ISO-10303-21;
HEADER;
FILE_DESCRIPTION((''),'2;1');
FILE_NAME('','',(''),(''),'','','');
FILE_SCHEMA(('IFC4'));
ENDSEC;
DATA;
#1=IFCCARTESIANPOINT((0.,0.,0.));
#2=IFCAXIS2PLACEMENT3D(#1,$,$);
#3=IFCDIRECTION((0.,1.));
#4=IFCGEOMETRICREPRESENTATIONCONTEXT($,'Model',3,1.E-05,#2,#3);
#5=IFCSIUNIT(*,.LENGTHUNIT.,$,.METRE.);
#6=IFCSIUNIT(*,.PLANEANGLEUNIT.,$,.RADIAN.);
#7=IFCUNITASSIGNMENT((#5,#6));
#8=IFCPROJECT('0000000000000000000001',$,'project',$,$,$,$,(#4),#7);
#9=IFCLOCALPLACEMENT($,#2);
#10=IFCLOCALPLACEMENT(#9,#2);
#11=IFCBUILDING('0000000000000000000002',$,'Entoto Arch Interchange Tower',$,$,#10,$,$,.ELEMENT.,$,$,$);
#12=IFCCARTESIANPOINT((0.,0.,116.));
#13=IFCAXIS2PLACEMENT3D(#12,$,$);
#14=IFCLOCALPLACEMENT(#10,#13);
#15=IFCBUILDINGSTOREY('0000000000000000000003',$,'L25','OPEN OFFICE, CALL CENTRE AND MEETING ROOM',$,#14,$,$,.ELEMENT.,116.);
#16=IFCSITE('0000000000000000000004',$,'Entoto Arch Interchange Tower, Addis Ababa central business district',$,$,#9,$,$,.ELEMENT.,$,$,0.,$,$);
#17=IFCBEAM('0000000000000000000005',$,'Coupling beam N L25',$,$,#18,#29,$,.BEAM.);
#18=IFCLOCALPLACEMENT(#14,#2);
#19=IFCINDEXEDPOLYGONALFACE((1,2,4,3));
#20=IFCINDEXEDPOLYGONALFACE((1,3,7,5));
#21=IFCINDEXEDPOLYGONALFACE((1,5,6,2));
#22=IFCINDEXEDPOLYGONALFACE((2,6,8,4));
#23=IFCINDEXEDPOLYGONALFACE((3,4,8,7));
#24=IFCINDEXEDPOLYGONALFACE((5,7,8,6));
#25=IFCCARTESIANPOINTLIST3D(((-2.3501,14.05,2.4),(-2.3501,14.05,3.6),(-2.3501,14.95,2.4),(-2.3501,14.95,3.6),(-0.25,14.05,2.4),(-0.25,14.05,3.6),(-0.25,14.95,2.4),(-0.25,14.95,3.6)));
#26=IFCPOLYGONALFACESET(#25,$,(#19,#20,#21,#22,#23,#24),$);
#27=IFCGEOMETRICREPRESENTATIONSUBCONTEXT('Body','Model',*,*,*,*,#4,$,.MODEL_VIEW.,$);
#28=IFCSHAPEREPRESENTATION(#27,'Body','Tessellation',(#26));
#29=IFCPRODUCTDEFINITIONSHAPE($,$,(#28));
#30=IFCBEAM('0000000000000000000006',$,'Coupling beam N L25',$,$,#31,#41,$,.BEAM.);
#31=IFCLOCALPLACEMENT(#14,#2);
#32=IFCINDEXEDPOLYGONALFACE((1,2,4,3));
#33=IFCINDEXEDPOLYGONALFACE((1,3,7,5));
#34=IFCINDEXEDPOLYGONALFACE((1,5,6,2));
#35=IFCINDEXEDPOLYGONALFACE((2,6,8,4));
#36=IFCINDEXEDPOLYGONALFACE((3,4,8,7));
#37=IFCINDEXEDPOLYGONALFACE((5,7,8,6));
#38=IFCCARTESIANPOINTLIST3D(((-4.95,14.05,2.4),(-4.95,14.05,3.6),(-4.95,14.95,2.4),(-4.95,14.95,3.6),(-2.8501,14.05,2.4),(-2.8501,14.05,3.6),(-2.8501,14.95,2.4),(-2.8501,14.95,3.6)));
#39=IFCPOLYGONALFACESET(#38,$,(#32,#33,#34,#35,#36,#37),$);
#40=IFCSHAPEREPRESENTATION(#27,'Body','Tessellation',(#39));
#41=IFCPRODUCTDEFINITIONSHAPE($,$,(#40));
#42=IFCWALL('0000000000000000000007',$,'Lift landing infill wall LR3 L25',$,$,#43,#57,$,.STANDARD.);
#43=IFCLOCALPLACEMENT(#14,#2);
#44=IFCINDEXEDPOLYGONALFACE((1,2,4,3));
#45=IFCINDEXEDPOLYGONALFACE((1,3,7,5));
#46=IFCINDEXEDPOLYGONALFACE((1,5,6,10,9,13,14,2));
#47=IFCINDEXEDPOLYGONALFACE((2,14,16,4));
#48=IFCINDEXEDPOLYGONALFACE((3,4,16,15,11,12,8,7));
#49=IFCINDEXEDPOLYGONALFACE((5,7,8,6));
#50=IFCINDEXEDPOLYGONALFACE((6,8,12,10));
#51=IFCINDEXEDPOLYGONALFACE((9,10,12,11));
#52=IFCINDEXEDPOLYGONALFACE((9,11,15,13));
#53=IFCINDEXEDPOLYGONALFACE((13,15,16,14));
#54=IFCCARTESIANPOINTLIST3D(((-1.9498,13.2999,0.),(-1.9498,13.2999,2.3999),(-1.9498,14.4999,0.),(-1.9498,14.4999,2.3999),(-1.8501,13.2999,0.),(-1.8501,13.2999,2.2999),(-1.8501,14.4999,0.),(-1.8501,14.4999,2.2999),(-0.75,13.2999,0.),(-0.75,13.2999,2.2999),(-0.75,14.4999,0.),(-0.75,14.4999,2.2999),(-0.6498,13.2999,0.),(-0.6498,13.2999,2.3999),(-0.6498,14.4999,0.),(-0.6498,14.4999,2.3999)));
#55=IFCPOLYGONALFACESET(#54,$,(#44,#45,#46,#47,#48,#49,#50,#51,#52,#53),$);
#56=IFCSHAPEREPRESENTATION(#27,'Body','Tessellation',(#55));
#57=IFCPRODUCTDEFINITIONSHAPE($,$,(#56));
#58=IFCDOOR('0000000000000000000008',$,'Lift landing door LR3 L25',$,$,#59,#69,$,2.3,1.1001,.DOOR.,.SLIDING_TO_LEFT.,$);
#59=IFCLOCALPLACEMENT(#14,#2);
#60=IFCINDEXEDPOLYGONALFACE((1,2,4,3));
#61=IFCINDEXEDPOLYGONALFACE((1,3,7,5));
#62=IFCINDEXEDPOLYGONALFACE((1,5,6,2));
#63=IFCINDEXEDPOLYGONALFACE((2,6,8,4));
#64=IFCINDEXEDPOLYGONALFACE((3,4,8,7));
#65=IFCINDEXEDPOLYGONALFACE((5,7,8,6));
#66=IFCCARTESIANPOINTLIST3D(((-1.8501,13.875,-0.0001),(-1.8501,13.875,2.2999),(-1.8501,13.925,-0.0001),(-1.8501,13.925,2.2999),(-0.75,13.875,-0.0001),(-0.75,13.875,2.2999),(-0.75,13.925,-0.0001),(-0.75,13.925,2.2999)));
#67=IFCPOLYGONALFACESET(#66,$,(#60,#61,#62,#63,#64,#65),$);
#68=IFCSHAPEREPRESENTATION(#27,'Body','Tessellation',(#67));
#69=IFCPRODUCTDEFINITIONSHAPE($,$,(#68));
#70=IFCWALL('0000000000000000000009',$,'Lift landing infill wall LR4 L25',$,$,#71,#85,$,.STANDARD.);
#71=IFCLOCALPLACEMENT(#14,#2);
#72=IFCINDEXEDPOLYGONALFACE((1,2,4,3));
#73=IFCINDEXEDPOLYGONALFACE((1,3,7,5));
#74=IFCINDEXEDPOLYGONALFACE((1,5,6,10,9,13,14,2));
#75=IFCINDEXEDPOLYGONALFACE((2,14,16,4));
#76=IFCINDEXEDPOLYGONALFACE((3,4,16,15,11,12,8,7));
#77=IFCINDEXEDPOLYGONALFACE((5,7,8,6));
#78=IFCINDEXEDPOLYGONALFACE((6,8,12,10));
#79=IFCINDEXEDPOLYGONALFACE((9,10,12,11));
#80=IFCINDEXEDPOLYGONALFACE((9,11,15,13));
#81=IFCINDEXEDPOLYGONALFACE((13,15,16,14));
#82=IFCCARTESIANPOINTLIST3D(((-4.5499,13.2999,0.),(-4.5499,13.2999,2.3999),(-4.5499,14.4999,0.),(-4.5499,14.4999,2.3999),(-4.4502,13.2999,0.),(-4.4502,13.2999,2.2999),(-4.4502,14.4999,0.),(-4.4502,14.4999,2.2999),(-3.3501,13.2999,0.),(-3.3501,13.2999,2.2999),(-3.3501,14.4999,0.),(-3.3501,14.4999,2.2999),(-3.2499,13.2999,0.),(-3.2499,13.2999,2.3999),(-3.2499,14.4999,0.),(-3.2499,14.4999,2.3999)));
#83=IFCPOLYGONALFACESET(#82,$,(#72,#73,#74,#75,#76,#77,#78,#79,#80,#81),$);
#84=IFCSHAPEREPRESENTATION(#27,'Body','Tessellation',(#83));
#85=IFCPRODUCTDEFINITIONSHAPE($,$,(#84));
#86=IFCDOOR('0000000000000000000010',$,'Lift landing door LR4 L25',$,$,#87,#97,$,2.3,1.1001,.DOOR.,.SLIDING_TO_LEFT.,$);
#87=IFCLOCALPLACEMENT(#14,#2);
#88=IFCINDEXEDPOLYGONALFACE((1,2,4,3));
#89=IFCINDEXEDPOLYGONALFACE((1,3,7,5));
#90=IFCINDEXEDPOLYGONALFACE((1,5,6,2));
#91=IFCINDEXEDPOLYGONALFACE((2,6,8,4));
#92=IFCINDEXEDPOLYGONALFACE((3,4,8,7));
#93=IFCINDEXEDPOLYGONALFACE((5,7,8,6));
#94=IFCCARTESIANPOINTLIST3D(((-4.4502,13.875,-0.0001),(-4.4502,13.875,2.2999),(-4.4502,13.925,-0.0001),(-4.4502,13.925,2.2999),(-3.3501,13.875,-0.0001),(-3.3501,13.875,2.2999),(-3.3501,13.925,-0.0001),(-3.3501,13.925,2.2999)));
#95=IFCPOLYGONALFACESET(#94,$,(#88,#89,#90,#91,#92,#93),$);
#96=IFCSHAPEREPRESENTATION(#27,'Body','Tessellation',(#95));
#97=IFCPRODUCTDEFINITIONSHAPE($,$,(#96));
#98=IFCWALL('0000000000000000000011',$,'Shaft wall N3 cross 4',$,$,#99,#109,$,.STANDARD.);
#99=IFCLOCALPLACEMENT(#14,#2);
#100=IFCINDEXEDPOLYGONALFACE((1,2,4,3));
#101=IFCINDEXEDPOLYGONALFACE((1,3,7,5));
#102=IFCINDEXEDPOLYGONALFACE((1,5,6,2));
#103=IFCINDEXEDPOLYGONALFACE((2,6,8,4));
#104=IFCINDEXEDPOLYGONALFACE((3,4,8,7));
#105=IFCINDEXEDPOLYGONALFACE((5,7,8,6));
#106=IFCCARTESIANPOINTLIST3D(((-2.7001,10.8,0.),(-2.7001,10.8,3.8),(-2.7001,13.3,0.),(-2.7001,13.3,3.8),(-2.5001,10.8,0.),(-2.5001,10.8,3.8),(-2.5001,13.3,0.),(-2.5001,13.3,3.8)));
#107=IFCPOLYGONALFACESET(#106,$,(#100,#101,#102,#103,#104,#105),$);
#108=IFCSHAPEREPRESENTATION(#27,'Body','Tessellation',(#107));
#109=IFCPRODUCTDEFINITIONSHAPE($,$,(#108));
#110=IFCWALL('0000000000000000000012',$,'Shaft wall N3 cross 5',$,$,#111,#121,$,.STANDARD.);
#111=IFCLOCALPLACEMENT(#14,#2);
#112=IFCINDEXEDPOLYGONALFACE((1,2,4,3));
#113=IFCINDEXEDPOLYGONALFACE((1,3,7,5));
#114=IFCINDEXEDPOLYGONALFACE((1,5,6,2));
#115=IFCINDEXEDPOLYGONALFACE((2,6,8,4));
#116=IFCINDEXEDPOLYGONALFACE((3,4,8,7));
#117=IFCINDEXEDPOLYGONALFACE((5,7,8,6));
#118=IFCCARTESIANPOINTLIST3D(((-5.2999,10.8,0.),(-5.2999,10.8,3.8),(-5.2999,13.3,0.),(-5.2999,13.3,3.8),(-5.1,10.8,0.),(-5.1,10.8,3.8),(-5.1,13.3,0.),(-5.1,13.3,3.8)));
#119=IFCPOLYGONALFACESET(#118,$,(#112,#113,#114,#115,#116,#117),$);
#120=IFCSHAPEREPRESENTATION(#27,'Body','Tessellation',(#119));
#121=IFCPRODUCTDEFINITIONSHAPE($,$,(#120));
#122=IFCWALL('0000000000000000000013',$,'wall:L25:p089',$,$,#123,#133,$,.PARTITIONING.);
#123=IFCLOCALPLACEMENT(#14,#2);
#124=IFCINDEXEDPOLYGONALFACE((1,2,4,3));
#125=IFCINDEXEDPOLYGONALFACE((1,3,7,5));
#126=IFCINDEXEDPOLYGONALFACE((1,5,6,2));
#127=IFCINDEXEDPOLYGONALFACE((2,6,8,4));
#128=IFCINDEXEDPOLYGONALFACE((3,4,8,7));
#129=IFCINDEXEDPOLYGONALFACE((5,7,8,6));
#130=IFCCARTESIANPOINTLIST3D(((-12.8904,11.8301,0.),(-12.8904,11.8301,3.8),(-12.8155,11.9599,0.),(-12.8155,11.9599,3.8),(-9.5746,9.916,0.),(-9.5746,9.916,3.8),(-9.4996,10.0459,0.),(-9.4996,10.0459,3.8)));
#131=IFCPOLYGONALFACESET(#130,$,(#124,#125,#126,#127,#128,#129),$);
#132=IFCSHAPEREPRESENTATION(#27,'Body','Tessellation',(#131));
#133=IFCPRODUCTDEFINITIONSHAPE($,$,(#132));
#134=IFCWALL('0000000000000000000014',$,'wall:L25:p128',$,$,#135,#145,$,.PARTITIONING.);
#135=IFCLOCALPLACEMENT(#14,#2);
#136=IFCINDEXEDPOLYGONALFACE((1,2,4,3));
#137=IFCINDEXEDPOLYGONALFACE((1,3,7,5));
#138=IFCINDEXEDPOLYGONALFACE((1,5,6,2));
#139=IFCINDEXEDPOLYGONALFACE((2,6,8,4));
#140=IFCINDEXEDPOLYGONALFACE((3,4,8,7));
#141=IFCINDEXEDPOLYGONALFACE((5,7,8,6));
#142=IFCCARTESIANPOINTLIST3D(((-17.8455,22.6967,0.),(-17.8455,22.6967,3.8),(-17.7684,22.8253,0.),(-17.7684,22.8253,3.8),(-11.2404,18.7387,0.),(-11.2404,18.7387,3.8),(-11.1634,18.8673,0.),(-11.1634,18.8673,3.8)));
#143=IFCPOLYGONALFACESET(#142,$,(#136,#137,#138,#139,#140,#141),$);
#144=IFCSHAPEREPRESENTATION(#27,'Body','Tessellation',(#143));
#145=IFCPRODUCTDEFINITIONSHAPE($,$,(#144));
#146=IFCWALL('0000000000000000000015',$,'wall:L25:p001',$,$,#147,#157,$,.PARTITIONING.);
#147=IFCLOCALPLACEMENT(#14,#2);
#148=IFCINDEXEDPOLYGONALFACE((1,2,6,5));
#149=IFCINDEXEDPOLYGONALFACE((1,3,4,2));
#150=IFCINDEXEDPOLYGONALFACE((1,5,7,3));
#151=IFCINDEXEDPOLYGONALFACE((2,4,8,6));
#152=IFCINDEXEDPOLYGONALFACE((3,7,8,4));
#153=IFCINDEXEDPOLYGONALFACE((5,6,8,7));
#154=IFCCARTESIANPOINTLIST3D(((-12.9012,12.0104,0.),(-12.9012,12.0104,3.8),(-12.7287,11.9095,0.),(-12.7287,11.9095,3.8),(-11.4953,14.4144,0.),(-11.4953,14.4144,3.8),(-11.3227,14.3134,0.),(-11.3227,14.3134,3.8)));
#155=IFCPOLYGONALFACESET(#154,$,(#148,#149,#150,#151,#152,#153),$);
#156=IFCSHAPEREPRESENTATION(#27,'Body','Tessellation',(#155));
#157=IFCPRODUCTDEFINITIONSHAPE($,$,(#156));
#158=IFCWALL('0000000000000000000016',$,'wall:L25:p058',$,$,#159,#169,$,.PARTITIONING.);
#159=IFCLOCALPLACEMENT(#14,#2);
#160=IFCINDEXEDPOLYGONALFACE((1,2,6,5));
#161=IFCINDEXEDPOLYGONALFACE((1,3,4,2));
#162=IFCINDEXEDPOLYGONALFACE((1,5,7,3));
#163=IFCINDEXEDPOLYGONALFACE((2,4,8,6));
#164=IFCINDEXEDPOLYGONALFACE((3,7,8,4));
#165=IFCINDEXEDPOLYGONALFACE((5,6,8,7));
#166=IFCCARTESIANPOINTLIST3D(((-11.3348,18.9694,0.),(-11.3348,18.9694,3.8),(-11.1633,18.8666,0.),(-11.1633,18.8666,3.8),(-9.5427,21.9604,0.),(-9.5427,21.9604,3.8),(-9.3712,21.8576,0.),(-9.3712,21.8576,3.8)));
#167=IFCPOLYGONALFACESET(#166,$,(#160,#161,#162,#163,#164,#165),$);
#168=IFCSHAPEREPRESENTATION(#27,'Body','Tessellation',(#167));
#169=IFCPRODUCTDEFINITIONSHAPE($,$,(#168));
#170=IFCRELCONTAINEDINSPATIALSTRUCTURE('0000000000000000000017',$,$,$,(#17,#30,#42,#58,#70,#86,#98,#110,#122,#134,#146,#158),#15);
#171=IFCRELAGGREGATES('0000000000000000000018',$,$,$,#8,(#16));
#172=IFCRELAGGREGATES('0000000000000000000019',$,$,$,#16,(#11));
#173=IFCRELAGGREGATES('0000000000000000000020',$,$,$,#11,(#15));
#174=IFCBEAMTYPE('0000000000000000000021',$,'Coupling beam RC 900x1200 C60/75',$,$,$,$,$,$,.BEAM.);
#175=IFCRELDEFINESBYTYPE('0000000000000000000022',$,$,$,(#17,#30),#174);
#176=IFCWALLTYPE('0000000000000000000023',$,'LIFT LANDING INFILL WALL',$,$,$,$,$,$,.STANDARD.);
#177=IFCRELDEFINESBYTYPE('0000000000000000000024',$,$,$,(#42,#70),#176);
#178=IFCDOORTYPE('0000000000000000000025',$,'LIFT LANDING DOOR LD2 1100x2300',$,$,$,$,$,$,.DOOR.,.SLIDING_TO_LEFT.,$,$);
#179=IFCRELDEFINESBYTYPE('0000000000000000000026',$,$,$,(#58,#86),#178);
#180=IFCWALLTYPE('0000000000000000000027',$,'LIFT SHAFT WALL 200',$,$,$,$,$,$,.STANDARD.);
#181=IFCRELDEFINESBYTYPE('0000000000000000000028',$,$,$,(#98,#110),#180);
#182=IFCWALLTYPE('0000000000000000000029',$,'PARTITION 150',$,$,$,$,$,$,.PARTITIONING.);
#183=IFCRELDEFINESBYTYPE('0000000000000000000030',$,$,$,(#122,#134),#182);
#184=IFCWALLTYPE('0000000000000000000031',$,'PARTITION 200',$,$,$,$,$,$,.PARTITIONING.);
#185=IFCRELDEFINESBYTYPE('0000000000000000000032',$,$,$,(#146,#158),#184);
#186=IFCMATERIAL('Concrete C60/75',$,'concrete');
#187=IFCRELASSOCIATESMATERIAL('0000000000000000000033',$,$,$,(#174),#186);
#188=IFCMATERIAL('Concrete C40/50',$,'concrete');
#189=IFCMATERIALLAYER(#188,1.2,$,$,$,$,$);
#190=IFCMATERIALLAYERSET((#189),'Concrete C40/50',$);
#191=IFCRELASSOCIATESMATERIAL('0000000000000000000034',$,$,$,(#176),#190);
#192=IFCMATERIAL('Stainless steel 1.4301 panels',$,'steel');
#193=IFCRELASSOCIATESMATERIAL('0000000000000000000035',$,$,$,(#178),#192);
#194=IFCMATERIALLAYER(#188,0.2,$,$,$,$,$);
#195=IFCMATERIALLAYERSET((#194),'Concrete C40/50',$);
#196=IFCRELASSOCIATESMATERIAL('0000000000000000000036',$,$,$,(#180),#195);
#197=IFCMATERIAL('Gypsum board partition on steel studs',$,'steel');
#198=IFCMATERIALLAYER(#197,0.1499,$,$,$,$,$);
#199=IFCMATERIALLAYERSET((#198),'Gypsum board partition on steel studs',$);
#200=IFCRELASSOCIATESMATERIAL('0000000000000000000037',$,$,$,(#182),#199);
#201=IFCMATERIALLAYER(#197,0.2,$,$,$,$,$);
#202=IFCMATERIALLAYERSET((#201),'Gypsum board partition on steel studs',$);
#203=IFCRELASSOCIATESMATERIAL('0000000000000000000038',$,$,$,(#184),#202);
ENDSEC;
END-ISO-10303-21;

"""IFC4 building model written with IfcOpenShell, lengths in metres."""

from ifc_helpers import new_model, si_unit, direction, frame, frame_2d, origin, origin_2d, place, context, subcontext, project, spatial, rectangle, extrude, material, layer, layer_set, material_profile, profile_set, type_object, element, fill, save


model = new_model("IFC4")

# Units and contexts
model_context = context("Model", 3, precision=1e-05, world=origin(), true_north=direction((0.0, 1.0)))
body_context = subcontext(model_context, "Body", "Model", "MODEL_VIEW")
ifc_project = project(units=[si_unit("LENGTHUNIT", "METRE"), si_unit("PLANEANGLEUNIT", "RADIAN")], contexts=[model_context])

# Site, building, storey
site_placement = place(None, origin())
site = spatial("IfcSite", under=ifc_project, at=site_placement, Name="Entoto Arch Interchange Tower, Addis Ababa central business district", CompositionType="ELEMENT", RefElevation=0.0)
building_placement = place(site_placement, origin())
building = spatial("IfcBuilding", under=site, at=building_placement, Name="Entoto Arch Interchange Tower", CompositionType="ELEMENT")
storey_placement = place(building_placement, frame((0.0, 0.0, 116.0)))
storey = spatial("IfcBuildingStorey", under=building, at=storey_placement, Name="L25", Description="OPEN OFFICE, CALL CENTRE AND MEETING ROOM", CompositionType="ELEMENT", Elevation=116.0)

# Beams
ifc_material_1 = material(Name="Concrete C60/75", Category="concrete")
ifc_material_profile = material_profile(ifc_material_1, rectangle(XDim=0.8999, YDim=1.2, at=origin_2d()))
ifc_profile_set = profile_set([ifc_material_profile], Name="Concrete C60/75")
beam_type = type_object("IfcBeamType", Name="Coupling beam RC 900x1200 C60/75", PredefinedType="BEAM", material=ifc_profile_set)
beam_1_placement = place(storey_placement, frame((-0.25, 14.5, 3.0), z_axis=(-1.0, 0.0, 0.0), x_axis=(0.0, -1.0, 0.0)))
element("IfcBeam", 1, at=beam_1_placement, inside=storey, type_object=beam_type, Name="Coupling beam N L25", PredefinedType="BEAM", context=body_context, shape_type="SweptSolid", body=[
    extrude(rectangle(XDim=0.8999, YDim=1.2, at=origin_2d()), origin(), (0.0, 0.0, 1.0), 2.1001),
])
beam_2_placement = place(storey_placement, frame((-2.8501, 14.5, 3.0), z_axis=(-1.0, 0.0, 0.0), x_axis=(0.0, -1.0, 0.0)))
element("IfcBeam", 2, at=beam_2_placement, inside=storey, type_object=beam_type, Name="Coupling beam N L25", PredefinedType="BEAM", context=body_context, shape_type="SweptSolid", body=[
    extrude(rectangle(XDim=0.8999, YDim=1.2, at=origin_2d()), origin(), (0.0, 0.0, 1.0), 2.0999),
])

# Walls, openings, doors
ifc_material_2 = material(Name="Concrete C40/50", Category="concrete")
ifc_layer_1 = layer(ifc_material_2, 1.2)
ifc_layer_set_1 = layer_set([ifc_layer_1], Name="Concrete C40/50")
wall_type_1 = type_object("IfcWallType", Name="LIFT LANDING INFILL WALL", PredefinedType="STANDARD", material=ifc_layer_set_1)
wall_1_placement = place(storey_placement, frame((-0.6499, 13.8999, 0.0), z_axis=(0.0, 0.0, 1.0), x_axis=(-1.0, 0.0, 0.0)))
wall_1 = element("IfcWall", 3, at=wall_1_placement, inside=storey, type_object=wall_type_1, Name="Lift landing infill wall LR3 L25", PredefinedType="STANDARD", context=body_context, shape_type="SweptSolid", body=[
    extrude(rectangle(XDim=1.3, YDim=1.2, at=frame_2d((0.6499, 0.0))), origin(), (0.0, 0.0, 1.0), 2.3999),
])
opening_1_placement = place(wall_1_placement, frame((0.1001, 0.0, 0.0)))
opening_1 = element("IfcOpeningElement", 4, at=opening_1_placement, cuts=wall_1, PredefinedType="OPENING", context=body_context, shape_type="SweptSolid", body=[
    extrude(rectangle(XDim=1.1001, YDim=2.3, at=frame_2d((0.55, 1.1499))), frame((0.0, 0.6099, 0.0), z_axis=(0.0, -1.0, 0.0), x_axis=(1.0, 0.0, 0.0)), (0.0, 0.0, 1.0), 1.22),
])
ifc_material_3 = material(Name="Stainless steel 1.4301 panels", Category="steel")
door_type_1 = type_object("IfcDoorType", Name="LIFT LANDING DOOR LD2 1100x2300", OperationType="SLIDING_TO_LEFT", PredefinedType="DOOR", material=ifc_material_3)
door_1_placement = place(opening_1_placement, origin())
door_1 = element("IfcDoor", 5, at=door_1_placement, inside=storey, type_object=door_type_1, Name="Lift landing door LR3 L25", OperationType="SLIDING_TO_LEFT", OverallHeight=2.3, OverallWidth=1.1001, PredefinedType="DOOR", context=body_context, shape_type="SweptSolid", body=[
    extrude(rectangle(XDim=1.1001, YDim=2.3, at=frame_2d((0.55, 1.1499))), frame((0.0, 0.0249, 0.0), z_axis=(0.0, -1.0, 0.0), x_axis=(1.0, 0.0, 0.0)), (0.0, 0.0, 1.0), 0.05),
])
fill(opening_1, door_1)
wall_2_placement = place(storey_placement, frame((-3.25, 13.8999, 0.0), z_axis=(0.0, 0.0, 1.0), x_axis=(-1.0, 0.0, 0.0)))
wall_2 = element("IfcWall", 6, at=wall_2_placement, inside=storey, type_object=wall_type_1, Name="Lift landing infill wall LR4 L25", PredefinedType="STANDARD", context=body_context, shape_type="SweptSolid", body=[
    extrude(rectangle(XDim=1.3, YDim=1.2, at=frame_2d((0.6499, 0.0))), origin(), (0.0, 0.0, 1.0), 2.3999),
])
opening_2_placement = place(wall_2_placement, frame((0.1001, 0.0, 0.0)))
opening_2 = element("IfcOpeningElement", 7, at=opening_2_placement, cuts=wall_2, PredefinedType="OPENING", context=body_context, shape_type="SweptSolid", body=[
    extrude(rectangle(XDim=1.1001, YDim=2.3, at=frame_2d((0.55, 1.1499))), frame((0.0, 0.6099, 0.0), z_axis=(0.0, -1.0, 0.0), x_axis=(1.0, 0.0, 0.0)), (0.0, 0.0, 1.0), 1.22),
])
door_2_placement = place(opening_2_placement, origin())
door_2 = element("IfcDoor", 8, at=door_2_placement, inside=storey, type_object=door_type_1, Name="Lift landing door LR4 L25", OperationType="SLIDING_TO_LEFT", OverallHeight=2.3, OverallWidth=1.1001, PredefinedType="DOOR", context=body_context, shape_type="SweptSolid", body=[
    extrude(rectangle(XDim=1.1001, YDim=2.3, at=frame_2d((0.55, 1.1499))), frame((0.0, 0.0249, 0.0), z_axis=(0.0, -1.0, 0.0), x_axis=(1.0, 0.0, 0.0)), (0.0, 0.0, 1.0), 0.05),
])
fill(opening_2, door_2)

# Walls
ifc_layer_2 = layer(ifc_material_2, 0.2)
ifc_layer_set_2 = layer_set([ifc_layer_2], Name="Concrete C40/50")
wall_type_2 = type_object("IfcWallType", Name="LIFT SHAFT WALL 200", PredefinedType="STANDARD", material=ifc_layer_set_2)
for number, where, z_axis, x_axis, name in (
    (9, (-2.6001, 10.8, 0.0), (0.0, 0.0, 1.0), (0.0, 1.0, 0.0), "Shaft wall N3 cross 4"),
    (10, (-5.2, 10.8, 0.0), (0.0, 0.0, 1.0), (0.0, 1.0, 0.0), "Shaft wall N3 cross 5"),
):
    element("IfcWall", number, at=place(storey_placement, frame(where, z_axis=z_axis, x_axis=x_axis)), inside=storey, type_object=wall_type_2, Name=name, PredefinedType="STANDARD", context=body_context, shape_type="SweptSolid", body=[
        extrude(rectangle(XDim=2.5, YDim=0.2, at=frame_2d((1.25, 0.0))), origin(), (0.0, 0.0, 1.0), 3.8),
    ])
ifc_material_4 = material(Name="Gypsum board partition on steel studs", Category="steel")
ifc_layer_3 = layer(ifc_material_4, 0.1499)
ifc_layer_set_3 = layer_set([ifc_layer_3], Name="Gypsum board partition on steel studs")
wall_type_3 = type_object("IfcWallType", Name="PARTITION 150", PredefinedType="PARTITIONING", material=ifc_layer_set_3)
wall_3_placement = place(storey_placement, frame((-9.5371, 9.981, 0.0), z_axis=(0.0, 0.0, 1.0), x_axis=(-0.866069, 0.499925, 0.0)))
element("IfcWall", 11, at=wall_3_placement, inside=storey, type_object=wall_type_3, Name="wall:L25:p089", PredefinedType="PARTITIONING", context=body_context, shape_type="SweptSolid", body=[
    extrude(rectangle(XDim=3.8286, YDim=0.1499, at=frame_2d((1.9143, 0.0))), origin(), (0.0, 0.0, 1.0), 3.8),
])
wall_4_placement = place(storey_placement, frame((-11.2019, 18.803, 0.0), z_axis=(0.0, 0.0, 1.0), x_axis=(-0.857778, 0.51402, 0.0)))
element("IfcWall", 12, at=wall_4_placement, inside=storey, type_object=wall_type_3, Name="wall:L25:p128", PredefinedType="PARTITIONING", context=body_context, shape_type="SweptSolid", body=[
    extrude(rectangle(XDim=7.7002, YDim=0.1499, at=frame_2d((3.8501, 0.0))), origin(), (0.0, 0.0, 1.0), 3.8),
])
ifc_layer_4 = layer(ifc_material_4, 0.2)
ifc_layer_set_4 = layer_set([ifc_layer_4], Name="Gypsum board partition on steel studs")
wall_type_4 = type_object("IfcWallType", Name="PARTITION 200", PredefinedType="PARTITIONING", material=ifc_layer_set_4)
wall_5_placement = place(storey_placement, frame((-11.4089, 14.364, 0.0), z_axis=(0.0, 0.0, 1.0), x_axis=(-0.504846, -0.863209, 0.0)))
element("IfcWall", 13, at=wall_5_placement, inside=storey, type_object=wall_type_4, Name="wall:L25:p001", PredefinedType="PARTITIONING", context=body_context, shape_type="SweptSolid", body=[
    extrude(rectangle(XDim=2.7849, YDim=0.2, at=frame_2d((1.3926, 0.0))), origin(), (0.0, 0.0, 1.0), 3.8),
])
wall_6_placement = place(storey_placement, frame((-11.249, 18.918, 0.0), z_axis=(0.0, 0.0, 1.0), x_axis=(0.51395, 0.85782, 0.0)))
element("IfcWall", 14, at=wall_6_placement, inside=storey, type_object=wall_type_4, Name="wall:L25:p058", PredefinedType="PARTITIONING", context=body_context, shape_type="SweptSolid", body=[
    extrude(rectangle(XDim=3.4868, YDim=0.2, at=frame_2d((1.7434, 0.0))), origin(), (0.0, 0.0, 1.0), 3.8),
])

save(model, "model.ifc")
